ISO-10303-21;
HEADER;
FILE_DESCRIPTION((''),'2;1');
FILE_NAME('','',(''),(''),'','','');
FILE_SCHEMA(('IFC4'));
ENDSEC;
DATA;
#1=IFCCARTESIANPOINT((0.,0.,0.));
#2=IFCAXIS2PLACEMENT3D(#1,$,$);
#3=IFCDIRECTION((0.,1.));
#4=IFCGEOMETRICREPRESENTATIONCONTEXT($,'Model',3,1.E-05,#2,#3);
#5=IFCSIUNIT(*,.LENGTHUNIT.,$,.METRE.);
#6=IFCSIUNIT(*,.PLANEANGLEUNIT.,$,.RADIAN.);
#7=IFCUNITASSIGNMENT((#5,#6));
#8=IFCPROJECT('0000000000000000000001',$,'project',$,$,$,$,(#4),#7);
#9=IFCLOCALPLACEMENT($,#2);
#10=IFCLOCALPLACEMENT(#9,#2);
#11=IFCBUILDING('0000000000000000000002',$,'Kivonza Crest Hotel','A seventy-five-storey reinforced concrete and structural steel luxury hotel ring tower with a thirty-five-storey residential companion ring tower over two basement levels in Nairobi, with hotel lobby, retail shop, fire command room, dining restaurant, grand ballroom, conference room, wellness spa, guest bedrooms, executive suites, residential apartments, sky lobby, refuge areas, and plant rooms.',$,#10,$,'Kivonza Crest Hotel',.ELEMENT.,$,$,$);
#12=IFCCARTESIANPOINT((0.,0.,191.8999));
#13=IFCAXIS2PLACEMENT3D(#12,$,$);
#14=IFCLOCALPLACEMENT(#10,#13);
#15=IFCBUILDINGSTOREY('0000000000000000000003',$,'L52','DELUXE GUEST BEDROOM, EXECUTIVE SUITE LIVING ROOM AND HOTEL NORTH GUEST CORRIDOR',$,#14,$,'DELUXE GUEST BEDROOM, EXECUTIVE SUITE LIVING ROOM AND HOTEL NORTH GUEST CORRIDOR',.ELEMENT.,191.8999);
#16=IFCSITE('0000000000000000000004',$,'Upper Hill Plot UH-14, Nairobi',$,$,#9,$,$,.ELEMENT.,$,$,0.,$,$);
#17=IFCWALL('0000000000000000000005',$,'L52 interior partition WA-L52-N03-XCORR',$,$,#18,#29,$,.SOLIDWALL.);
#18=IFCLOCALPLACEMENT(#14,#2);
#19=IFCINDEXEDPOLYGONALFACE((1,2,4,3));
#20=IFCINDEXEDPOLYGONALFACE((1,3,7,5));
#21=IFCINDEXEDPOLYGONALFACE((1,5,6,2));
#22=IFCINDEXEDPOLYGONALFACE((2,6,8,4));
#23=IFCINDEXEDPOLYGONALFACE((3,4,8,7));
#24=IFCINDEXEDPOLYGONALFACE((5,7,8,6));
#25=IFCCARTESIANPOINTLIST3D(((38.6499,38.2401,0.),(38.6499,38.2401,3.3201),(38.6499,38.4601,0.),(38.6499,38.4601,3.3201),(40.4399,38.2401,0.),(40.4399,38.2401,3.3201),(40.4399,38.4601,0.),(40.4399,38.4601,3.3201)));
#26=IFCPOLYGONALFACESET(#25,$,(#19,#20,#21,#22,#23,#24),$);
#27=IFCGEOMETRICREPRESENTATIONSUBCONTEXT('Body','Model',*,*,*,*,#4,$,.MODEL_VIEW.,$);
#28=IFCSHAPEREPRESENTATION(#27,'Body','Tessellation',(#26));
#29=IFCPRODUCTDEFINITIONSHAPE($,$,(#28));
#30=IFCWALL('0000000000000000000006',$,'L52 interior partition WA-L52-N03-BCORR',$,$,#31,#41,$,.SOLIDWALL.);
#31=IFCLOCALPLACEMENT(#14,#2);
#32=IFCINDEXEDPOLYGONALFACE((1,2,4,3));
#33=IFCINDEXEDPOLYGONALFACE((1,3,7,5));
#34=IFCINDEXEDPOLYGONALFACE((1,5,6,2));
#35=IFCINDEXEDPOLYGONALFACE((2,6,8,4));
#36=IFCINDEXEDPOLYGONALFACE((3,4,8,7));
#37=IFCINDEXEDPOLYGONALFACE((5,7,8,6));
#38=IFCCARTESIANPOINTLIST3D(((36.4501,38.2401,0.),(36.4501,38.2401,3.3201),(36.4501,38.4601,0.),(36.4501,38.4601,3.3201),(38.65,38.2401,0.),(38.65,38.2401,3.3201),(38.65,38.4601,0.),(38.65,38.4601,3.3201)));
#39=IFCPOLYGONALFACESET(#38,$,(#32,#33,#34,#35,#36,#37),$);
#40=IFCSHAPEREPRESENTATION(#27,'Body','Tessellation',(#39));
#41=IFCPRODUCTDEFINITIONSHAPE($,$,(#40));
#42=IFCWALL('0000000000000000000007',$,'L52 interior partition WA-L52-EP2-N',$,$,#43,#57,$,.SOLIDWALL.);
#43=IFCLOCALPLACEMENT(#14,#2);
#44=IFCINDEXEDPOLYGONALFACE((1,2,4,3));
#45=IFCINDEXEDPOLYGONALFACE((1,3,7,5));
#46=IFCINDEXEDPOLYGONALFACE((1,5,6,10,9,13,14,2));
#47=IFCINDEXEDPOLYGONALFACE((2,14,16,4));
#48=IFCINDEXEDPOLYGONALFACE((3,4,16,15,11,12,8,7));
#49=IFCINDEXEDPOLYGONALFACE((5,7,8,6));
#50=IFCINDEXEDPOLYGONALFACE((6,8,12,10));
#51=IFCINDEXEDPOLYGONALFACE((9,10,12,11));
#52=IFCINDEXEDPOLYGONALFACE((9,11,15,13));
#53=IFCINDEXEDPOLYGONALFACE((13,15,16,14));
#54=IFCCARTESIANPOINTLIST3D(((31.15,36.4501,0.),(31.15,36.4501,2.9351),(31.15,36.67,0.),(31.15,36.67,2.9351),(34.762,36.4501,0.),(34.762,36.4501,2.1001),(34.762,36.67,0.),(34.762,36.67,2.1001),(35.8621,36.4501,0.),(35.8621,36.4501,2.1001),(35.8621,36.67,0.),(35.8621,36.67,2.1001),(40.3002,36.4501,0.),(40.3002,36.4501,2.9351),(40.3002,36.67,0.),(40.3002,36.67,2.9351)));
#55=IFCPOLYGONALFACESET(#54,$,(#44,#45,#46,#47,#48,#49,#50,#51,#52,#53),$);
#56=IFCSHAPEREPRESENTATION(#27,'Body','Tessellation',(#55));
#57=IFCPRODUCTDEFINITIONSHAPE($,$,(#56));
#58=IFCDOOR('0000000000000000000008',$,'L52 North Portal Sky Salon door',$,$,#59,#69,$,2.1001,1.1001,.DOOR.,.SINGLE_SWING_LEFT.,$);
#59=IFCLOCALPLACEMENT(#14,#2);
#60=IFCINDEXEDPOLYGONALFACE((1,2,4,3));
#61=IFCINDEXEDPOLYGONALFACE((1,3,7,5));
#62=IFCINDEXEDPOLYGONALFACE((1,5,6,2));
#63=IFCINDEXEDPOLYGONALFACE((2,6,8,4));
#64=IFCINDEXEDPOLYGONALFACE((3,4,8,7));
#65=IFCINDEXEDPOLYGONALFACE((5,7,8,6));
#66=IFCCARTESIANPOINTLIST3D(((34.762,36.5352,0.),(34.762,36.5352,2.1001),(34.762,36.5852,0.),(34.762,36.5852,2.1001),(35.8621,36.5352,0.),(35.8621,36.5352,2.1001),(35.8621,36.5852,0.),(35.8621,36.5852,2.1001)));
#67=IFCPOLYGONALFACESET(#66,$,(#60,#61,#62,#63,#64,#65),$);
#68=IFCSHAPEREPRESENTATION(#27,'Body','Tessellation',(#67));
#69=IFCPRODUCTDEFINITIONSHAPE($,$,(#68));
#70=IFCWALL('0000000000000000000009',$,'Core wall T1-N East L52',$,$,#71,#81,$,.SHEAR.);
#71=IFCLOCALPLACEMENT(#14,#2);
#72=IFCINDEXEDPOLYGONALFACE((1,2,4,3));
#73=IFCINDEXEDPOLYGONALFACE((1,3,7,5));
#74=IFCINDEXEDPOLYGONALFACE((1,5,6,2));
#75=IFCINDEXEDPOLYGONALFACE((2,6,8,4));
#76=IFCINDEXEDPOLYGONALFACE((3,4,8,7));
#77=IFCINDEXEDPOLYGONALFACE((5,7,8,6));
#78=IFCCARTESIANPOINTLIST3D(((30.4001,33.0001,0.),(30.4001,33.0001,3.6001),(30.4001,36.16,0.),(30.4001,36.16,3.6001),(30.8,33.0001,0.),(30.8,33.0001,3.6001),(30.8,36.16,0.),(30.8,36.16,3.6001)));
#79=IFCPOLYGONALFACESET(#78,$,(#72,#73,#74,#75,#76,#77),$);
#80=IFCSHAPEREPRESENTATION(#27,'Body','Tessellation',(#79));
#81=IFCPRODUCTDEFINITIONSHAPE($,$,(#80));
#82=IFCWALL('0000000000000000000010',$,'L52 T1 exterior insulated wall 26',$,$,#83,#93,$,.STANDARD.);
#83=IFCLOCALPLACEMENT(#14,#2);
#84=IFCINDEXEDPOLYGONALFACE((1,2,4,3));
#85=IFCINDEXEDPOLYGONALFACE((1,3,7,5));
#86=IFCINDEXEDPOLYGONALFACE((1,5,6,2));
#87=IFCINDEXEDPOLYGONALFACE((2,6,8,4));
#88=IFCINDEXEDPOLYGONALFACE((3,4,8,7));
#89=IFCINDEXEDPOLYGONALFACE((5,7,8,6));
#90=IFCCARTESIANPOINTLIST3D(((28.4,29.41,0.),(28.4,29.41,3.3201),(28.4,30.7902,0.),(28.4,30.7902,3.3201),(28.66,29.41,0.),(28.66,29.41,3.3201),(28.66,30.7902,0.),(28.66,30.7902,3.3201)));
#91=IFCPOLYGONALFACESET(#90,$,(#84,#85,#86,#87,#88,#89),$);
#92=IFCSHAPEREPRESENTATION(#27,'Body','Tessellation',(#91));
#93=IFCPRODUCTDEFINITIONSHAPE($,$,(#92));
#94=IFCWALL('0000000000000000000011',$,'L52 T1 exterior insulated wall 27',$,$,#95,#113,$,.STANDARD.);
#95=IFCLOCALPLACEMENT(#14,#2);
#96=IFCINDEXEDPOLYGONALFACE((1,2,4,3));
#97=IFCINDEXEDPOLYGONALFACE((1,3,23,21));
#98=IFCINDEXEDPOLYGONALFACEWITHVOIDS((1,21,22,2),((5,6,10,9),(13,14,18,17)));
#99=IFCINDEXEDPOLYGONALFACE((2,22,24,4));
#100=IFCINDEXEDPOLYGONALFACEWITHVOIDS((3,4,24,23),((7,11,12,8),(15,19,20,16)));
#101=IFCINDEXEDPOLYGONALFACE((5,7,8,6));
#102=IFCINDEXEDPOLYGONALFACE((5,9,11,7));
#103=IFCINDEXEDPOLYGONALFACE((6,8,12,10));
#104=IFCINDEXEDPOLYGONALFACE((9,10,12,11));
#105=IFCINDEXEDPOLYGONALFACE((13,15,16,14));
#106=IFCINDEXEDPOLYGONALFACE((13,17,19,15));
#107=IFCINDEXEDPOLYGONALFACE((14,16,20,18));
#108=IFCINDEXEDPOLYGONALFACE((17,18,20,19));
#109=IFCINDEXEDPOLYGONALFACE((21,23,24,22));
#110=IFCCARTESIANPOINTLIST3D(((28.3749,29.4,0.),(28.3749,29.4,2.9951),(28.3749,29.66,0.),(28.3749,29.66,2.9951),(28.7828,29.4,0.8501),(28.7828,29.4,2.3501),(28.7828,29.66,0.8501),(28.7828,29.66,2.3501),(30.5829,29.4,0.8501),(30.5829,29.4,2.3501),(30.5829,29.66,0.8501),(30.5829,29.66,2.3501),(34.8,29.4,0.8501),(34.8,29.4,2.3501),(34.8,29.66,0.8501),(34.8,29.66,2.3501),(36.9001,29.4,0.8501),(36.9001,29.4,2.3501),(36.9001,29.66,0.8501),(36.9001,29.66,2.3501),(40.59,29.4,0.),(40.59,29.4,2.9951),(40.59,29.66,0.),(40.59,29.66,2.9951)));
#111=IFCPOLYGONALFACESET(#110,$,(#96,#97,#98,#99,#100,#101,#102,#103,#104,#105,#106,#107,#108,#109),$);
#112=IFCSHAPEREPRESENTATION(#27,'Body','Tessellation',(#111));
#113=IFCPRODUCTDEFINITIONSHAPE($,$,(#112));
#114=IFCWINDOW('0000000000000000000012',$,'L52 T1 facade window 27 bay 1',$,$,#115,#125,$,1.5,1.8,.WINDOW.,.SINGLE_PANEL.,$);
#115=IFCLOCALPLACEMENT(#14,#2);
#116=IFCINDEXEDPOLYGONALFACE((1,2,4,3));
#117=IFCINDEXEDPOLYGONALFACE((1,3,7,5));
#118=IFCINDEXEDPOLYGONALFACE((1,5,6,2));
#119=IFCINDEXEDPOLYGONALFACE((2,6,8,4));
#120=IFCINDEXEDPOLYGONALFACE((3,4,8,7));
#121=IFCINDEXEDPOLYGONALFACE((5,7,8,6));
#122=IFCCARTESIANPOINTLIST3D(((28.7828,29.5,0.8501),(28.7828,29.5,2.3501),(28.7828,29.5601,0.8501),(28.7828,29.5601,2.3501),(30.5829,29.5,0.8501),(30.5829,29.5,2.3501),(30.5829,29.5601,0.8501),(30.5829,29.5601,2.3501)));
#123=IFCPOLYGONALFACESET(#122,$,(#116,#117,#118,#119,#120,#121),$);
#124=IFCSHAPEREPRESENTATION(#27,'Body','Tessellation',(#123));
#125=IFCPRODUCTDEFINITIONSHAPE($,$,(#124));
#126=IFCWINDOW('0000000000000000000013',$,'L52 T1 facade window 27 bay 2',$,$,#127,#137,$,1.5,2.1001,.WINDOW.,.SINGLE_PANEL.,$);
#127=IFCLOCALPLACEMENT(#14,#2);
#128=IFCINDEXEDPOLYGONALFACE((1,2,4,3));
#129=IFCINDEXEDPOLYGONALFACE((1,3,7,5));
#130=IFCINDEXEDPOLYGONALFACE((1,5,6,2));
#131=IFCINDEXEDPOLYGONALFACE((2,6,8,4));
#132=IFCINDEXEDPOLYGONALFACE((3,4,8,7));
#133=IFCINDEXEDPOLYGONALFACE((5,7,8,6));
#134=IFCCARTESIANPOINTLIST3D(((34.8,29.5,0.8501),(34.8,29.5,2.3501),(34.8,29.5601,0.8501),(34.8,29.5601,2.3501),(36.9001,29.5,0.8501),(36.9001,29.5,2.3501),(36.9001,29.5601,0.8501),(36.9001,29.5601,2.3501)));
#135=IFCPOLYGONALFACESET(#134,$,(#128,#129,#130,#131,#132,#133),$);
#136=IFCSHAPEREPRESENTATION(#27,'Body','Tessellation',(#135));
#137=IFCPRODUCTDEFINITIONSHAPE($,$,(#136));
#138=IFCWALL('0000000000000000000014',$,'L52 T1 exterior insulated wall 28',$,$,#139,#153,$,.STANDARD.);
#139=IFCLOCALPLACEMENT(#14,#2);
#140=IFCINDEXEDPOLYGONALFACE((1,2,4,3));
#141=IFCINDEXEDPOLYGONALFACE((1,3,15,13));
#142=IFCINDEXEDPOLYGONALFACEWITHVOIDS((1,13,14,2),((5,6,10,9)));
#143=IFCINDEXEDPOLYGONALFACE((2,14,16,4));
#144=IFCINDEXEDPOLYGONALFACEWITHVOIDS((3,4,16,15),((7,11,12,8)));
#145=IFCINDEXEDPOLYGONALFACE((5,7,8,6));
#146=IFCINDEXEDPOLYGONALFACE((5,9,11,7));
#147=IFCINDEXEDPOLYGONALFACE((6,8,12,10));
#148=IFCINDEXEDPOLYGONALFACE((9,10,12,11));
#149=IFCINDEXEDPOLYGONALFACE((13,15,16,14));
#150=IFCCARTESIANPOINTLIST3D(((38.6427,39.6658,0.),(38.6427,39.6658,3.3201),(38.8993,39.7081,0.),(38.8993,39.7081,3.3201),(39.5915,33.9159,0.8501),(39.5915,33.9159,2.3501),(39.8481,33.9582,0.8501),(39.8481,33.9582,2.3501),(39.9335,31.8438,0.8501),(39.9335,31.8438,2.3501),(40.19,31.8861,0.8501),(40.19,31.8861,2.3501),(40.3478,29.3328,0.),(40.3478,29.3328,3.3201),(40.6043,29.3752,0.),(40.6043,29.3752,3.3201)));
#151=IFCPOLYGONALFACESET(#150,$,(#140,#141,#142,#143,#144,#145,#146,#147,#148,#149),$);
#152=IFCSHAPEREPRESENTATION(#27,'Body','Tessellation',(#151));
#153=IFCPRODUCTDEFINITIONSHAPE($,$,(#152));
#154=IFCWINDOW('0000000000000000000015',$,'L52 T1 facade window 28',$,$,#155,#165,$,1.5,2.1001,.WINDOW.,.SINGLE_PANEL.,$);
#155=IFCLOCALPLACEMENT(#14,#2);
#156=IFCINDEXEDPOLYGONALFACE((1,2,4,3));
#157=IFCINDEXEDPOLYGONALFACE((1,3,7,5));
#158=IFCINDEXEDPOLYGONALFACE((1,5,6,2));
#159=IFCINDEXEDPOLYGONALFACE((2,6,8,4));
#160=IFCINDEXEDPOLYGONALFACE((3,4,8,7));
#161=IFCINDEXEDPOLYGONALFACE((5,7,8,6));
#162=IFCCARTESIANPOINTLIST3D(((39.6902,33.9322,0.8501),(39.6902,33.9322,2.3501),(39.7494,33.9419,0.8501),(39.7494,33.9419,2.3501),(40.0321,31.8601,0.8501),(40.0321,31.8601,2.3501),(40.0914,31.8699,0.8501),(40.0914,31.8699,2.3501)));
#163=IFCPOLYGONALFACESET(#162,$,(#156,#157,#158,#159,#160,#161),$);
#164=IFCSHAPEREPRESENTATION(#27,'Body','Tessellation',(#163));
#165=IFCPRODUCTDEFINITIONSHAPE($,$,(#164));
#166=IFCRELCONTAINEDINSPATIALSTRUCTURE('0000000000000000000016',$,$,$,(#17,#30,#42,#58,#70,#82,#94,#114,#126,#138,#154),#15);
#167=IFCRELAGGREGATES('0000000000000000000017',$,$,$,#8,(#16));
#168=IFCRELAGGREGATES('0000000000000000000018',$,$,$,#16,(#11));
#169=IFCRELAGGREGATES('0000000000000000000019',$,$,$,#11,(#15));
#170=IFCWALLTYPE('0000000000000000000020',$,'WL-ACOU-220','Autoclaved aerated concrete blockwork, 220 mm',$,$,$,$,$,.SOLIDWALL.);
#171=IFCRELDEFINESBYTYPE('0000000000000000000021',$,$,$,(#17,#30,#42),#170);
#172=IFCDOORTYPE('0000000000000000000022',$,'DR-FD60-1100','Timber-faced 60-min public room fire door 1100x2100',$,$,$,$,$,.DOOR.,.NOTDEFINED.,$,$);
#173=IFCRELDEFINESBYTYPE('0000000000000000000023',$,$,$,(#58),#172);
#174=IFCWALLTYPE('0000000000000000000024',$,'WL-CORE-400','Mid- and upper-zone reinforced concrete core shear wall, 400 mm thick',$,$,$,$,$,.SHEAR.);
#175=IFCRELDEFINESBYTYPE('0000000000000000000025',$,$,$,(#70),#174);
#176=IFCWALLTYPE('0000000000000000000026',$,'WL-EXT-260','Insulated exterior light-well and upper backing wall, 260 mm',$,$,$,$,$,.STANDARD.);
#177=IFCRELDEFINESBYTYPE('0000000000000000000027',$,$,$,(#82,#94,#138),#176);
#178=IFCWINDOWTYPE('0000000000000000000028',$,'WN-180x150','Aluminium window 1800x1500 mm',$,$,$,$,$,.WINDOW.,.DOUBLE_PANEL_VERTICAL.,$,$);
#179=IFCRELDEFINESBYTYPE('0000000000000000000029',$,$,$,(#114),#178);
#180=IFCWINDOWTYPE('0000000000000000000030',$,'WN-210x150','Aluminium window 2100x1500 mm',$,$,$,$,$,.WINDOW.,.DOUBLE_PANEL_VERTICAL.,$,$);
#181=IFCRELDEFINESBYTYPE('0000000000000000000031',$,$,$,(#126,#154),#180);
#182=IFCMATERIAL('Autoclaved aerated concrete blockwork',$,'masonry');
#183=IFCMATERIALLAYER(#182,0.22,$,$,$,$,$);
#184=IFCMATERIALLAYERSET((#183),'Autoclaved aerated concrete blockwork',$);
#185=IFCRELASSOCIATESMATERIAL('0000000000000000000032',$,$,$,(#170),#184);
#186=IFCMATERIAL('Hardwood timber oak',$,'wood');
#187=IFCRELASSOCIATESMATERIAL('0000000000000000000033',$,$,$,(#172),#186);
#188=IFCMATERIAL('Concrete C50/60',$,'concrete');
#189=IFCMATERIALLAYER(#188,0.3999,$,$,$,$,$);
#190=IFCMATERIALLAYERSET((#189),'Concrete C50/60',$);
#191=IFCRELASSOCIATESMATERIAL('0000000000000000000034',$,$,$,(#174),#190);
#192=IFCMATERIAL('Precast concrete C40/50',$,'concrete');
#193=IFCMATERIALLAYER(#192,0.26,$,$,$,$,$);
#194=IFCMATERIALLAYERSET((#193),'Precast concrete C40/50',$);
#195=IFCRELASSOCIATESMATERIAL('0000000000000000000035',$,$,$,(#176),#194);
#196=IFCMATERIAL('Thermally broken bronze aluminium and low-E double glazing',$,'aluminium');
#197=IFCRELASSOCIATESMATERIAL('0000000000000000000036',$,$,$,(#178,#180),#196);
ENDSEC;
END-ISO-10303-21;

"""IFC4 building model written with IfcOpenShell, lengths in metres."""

from ifc_helpers import new_model, si_unit, direction, frame, frame_2d, origin, place, context, subcontext, project, spatial, rectangle, extrude, material, layer, layer_set, type_object, element, fill, save


model = new_model("IFC4")

# Units and contexts
model_context = context("Model", 3, precision=1e-05, world=origin(), true_north=direction((0.0, 1.0)))
body_context = subcontext(model_context, "Body", "Model", "MODEL_VIEW")
ifc_project = project(units=[si_unit("LENGTHUNIT", "METRE"), si_unit("PLANEANGLEUNIT", "RADIAN")], contexts=[model_context])

# Site, building, storey
site_placement = place(None, origin())
site = spatial("IfcSite", under=ifc_project, at=site_placement, Name="Upper Hill Plot UH-14, Nairobi", CompositionType="ELEMENT", RefElevation=0.0)
building_placement = place(site_placement, origin())
building = spatial("IfcBuilding", under=site, at=building_placement, Name="Kivonza Crest Hotel", Description="A seventy-five-storey reinforced concrete and structural steel luxury hotel ring tower with a thirty-five-storey residential companion ring tower over two basement levels in Nairobi, with hotel lobby, retail shop, fire command room, dining restaurant, grand ballroom, conference room, wellness spa, guest bedrooms, executive suites, residential apartments, sky lobby, refuge areas, and plant rooms.", LongName="Kivonza Crest Hotel", CompositionType="ELEMENT")
storey_placement = place(building_placement, frame((0.0, 0.0, 191.8999)))
storey = spatial("IfcBuildingStorey", under=building, at=storey_placement, Name="L52", Description="DELUXE GUEST BEDROOM, EXECUTIVE SUITE LIVING ROOM AND HOTEL NORTH GUEST CORRIDOR", LongName="DELUXE GUEST BEDROOM, EXECUTIVE SUITE LIVING ROOM AND HOTEL NORTH GUEST CORRIDOR", CompositionType="ELEMENT", Elevation=191.8999)

# Shared definitions
ifc_material_1 = material(Name="Concrete C50/60", Category="concrete")

# Walls
ifc_material_2 = material(Name="Autoclaved aerated concrete blockwork", Category="masonry")
ifc_layer_1 = layer(ifc_material_2, 0.22)
ifc_layer_set_1 = layer_set([ifc_layer_1], Name="Autoclaved aerated concrete blockwork")
wall_type_1 = type_object("IfcWallType", Name="WL-ACOU-220", Description="Autoclaved aerated concrete blockwork, 220 mm", PredefinedType="SOLIDWALL", material=ifc_layer_set_1)
wall_1_placement = place(storey_placement, frame((38.6499, 38.3501, 0.0), z_axis=(0.0, 0.0, 1.0), x_axis=(1.0, 0.0, 0.0)))
element("IfcWall", 1, at=wall_1_placement, inside=storey, type_object=wall_type_1, Name="L52 interior partition WA-L52-N03-XCORR", PredefinedType="SOLIDWALL", context=body_context, shape_type="SweptSolid", body=[
    extrude(rectangle(XDim=1.79, YDim=0.22, at=frame_2d((0.895, 0.0))), origin(), (0.0, 0.0, 1.0), 3.3201),
])
wall_2_placement = place(storey_placement, frame((36.45, 38.3501, 0.0), z_axis=(0.0, 0.0, 1.0), x_axis=(1.0, 0.0, 0.0)))
element("IfcWall", 2, at=wall_2_placement, inside=storey, type_object=wall_type_1, Name="L52 interior partition WA-L52-N03-BCORR", PredefinedType="SOLIDWALL", context=body_context, shape_type="SweptSolid", body=[
    extrude(rectangle(XDim=2.2, YDim=0.22, at=frame_2d((1.1001, 0.0))), origin(), (0.0, 0.0, 1.0), 3.3201),
])

# Wall, opening, door
wall_3_placement = place(storey_placement, frame((31.1499, 36.5601, 0.0), z_axis=(0.0, 0.0, 1.0), x_axis=(1.0, 0.0, 0.0)))
wall_3 = element("IfcWall", 3, at=wall_3_placement, inside=storey, type_object=wall_type_1, Name="L52 interior partition WA-L52-EP2-N", PredefinedType="SOLIDWALL", context=body_context, shape_type="SweptSolid", body=[
    extrude(rectangle(XDim=9.1501, YDim=0.22, at=frame_2d((4.5752, 0.0))), origin(), (0.0, 0.0, 1.0), 2.9351),
])
opening_1_placement = place(wall_3_placement, frame((3.6121, 0.0, 0.0)))
opening_1 = element("IfcOpeningElement", 4, at=opening_1_placement, cuts=wall_3, PredefinedType="OPENING", context=body_context, shape_type="SweptSolid", body=[
    extrude(rectangle(XDim=1.1001, YDim=2.1001, at=frame_2d((0.55, 1.05))), frame((0.0, 0.1201, 0.0), z_axis=(0.0, -1.0, 0.0), x_axis=(1.0, 0.0, 0.0)), (0.0, 0.0, 1.0), 0.24),
])
ifc_material_3 = material(Name="Hardwood timber oak", Category="wood")
door_type = type_object("IfcDoorType", Name="DR-FD60-1100", Description="Timber-faced 60-min public room fire door 1100x2100", OperationType="NOTDEFINED", PredefinedType="DOOR", material=ifc_material_3)
door_placement = place(opening_1_placement, frame((1.1001, 0.0, 0.0), z_axis=(0.0, 0.0, 1.0), x_axis=(-1.0, 0.0, 0.0)))
door = element("IfcDoor", 5, at=door_placement, inside=storey, type_object=door_type, Name="L52 North Portal Sky Salon door", OperationType="SINGLE_SWING_LEFT", OverallHeight=2.1001, OverallWidth=1.1001, PredefinedType="DOOR", context=body_context, shape_type="SweptSolid", body=[
    extrude(rectangle(XDim=1.1001, YDim=2.1001, at=frame_2d((0.55, 1.05))), frame((0.0, 0.0249, 0.0), z_axis=(0.0, -1.0, 0.0), x_axis=(1.0, 0.0, 0.0)), (0.0, 0.0, 1.0), 0.05),
])
fill(opening_1, door)

# Walls
ifc_layer_2 = layer(ifc_material_1, 0.3999)
ifc_layer_set_2 = layer_set([ifc_layer_2], Name="Concrete C50/60")
wall_type_2 = type_object("IfcWallType", Name="WL-CORE-400", Description="Mid- and upper-zone reinforced concrete core shear wall, 400 mm thick", PredefinedType="SHEAR", material=ifc_layer_set_2)
wall_4_placement = place(storey_placement, frame((30.6001, 33.0, 0.0), z_axis=(0.0, 0.0, 1.0), x_axis=(0.0, 1.0, 0.0)))
element("IfcWall", 6, at=wall_4_placement, inside=storey, type_object=wall_type_2, Name="Core wall T1-N East L52", PredefinedType="SHEAR", context=body_context, shape_type="SweptSolid", body=[
    extrude(rectangle(XDim=3.1599, YDim=0.3999, at=frame_2d((1.5801, 0.0))), origin(), (0.0, 0.0, 1.0), 3.6001),
])
ifc_material_4 = material(Name="Precast concrete C40/50", Category="concrete")
ifc_layer_3 = layer(ifc_material_4, 0.26)
ifc_layer_set_3 = layer_set([ifc_layer_3], Name="Precast concrete C40/50")
wall_type_3 = type_object("IfcWallType", Name="WL-EXT-260", Description="Insulated exterior light-well and upper backing wall, 260 mm", PredefinedType="STANDARD", material=ifc_layer_set_3)
wall_5_placement = place(storey_placement, frame((28.53, 30.79, 0.0), z_axis=(0.0, 0.0, 1.0), x_axis=(0.0, -1.0, 0.0)))
element("IfcWall", 7, at=wall_5_placement, inside=storey, type_object=wall_type_3, Name="L52 T1 exterior insulated wall 26", PredefinedType="STANDARD", context=body_context, shape_type="SweptSolid", body=[
    extrude(rectangle(XDim=1.3801, YDim=0.26, at=frame_2d((0.6899, 0.0))), origin(), (0.0, 0.0, 1.0), 3.3201),
])

# Wall, openings, windows
wall_6_placement = place(storey_placement, frame((28.375, 29.53, 0.0), z_axis=(0.0, 0.0, 1.0), x_axis=(1.0, 0.0, 0.0)))
wall_6 = element("IfcWall", 8, at=wall_6_placement, inside=storey, type_object=wall_type_3, Name="L52 T1 exterior insulated wall 27", PredefinedType="STANDARD", context=body_context, shape_type="SweptSolid", body=[
    extrude(rectangle(XDim=12.2151, YDim=0.26, at=frame_2d((6.1074, 0.0))), origin(), (0.0, 0.0, 1.0), 2.9951),
])
opening_2_placement = place(wall_6_placement, frame((0.408, 0.0, 0.8501)))
opening_2 = element("IfcOpeningElement", 9, at=opening_2_placement, cuts=wall_6, PredefinedType="OPENING", context=body_context, shape_type="SweptSolid", body=[
    extrude(rectangle(XDim=1.8, YDim=1.5, at=frame_2d((0.8999, 0.75))), frame((0.0, 0.1401, 0.0), z_axis=(0.0, -1.0, 0.0), x_axis=(1.0, 0.0, 0.0)), (0.0, 0.0, 1.0), 0.28),
])
opening_3_placement = place(wall_6_placement, frame((6.425, 0.0, 0.8501)))
opening_3 = element("IfcOpeningElement", 10, at=opening_3_placement, cuts=wall_6, PredefinedType="OPENING", context=body_context, shape_type="SweptSolid", body=[
    extrude(rectangle(XDim=2.1001, YDim=1.5, at=frame_2d((1.05, 0.75))), frame((0.0, 0.1401, 0.0), z_axis=(0.0, -1.0, 0.0), x_axis=(1.0, 0.0, 0.0)), (0.0, 0.0, 1.0), 0.28),
])
ifc_material_5 = material(Name="Thermally broken bronze aluminium and low-E double glazing", Category="aluminium")
window_type_1 = type_object("IfcWindowType", Name="WN-180x150", Description="Aluminium window 1800x1500 mm", PartitioningType="DOUBLE_PANEL_VERTICAL", PredefinedType="WINDOW", material=ifc_material_5)
window_1_placement = place(opening_2_placement, origin())
window_1 = element("IfcWindow", 11, at=window_1_placement, inside=storey, type_object=window_type_1, Name="L52 T1 facade window 27 bay 1", OverallHeight=1.5, OverallWidth=1.8, PartitioningType="SINGLE_PANEL", PredefinedType="WINDOW", context=body_context, shape_type="SweptSolid", body=[
    extrude(rectangle(XDim=1.8, YDim=1.5, at=frame_2d((0.8999, 0.75))), frame((0.0, 0.03, 0.0), z_axis=(0.0, -1.0, 0.0), x_axis=(1.0, 0.0, 0.0)), (0.0, 0.0, 1.0), 0.0601),
])
fill(opening_2, window_1)
window_type_2 = type_object("IfcWindowType", Name="WN-210x150", Description="Aluminium window 2100x1500 mm", PartitioningType="DOUBLE_PANEL_VERTICAL", PredefinedType="WINDOW", material=ifc_material_5)
window_2_placement = place(opening_3_placement, origin())
window_2 = element("IfcWindow", 12, at=window_2_placement, inside=storey, type_object=window_type_2, Name="L52 T1 facade window 27 bay 2", OverallHeight=1.5, OverallWidth=2.1001, PartitioningType="SINGLE_PANEL", PredefinedType="WINDOW", context=body_context, shape_type="SweptSolid", body=[
    extrude(rectangle(XDim=2.1001, YDim=1.5, at=frame_2d((1.05, 0.75))), frame((0.0, 0.03, 0.0), z_axis=(0.0, -1.0, 0.0), x_axis=(1.0, 0.0, 0.0)), (0.0, 0.0, 1.0), 0.0601),
])
fill(opening_3, window_2)

# Wall, opening, window
wall_7_placement = place(storey_placement, frame((40.4761, 29.354, 0.0), z_axis=(0.0, 0.0, 1.0), x_axis=(-0.162811, 0.986657, 0.0)))
wall_7 = element("IfcWall", 13, at=wall_7_placement, inside=storey, type_object=wall_type_3, Name="L52 T1 exterior insulated wall 28", PredefinedType="STANDARD", context=body_context, shape_type="SweptSolid", body=[
    extrude(rectangle(XDim=10.4727, YDim=0.26, at=frame_2d((5.2363, 0.0))), origin(), (0.0, 0.0, 1.0), 3.3201),
])
opening_4_placement = place(wall_7_placement, frame((2.5449, 0.0, 0.8501)))
opening_4 = element("IfcOpeningElement", 14, at=opening_4_placement, cuts=wall_7, PredefinedType="OPENING", context=body_context, shape_type="SweptSolid", body=[
    extrude(rectangle(XDim=2.1001, YDim=1.5, at=frame_2d((1.05, 0.75))), frame((0.0, 0.1401, 0.0), z_axis=(0.0, -1.0, 0.0), x_axis=(1.0, 0.0, 0.0)), (0.0, 0.0, 1.0), 0.28),
])
window_3_placement = place(opening_4_placement, origin())
window_3 = element("IfcWindow", 15, at=window_3_placement, inside=storey, type_object=window_type_2, Name="L52 T1 facade window 28", OverallHeight=1.5, OverallWidth=2.1001, PartitioningType="SINGLE_PANEL", PredefinedType="WINDOW", context=body_context, shape_type="SweptSolid", body=[
    extrude(rectangle(XDim=2.1001, YDim=1.5, at=frame_2d((1.05, 0.75))), frame((0.0, 0.03, 0.0), z_axis=(0.0, -1.0, 0.0), x_axis=(1.0, 0.0, 0.0)), (0.0, 0.0, 1.0), 0.0601),
])
fill(opening_4, window_3)

save(model, "model.ifc")
